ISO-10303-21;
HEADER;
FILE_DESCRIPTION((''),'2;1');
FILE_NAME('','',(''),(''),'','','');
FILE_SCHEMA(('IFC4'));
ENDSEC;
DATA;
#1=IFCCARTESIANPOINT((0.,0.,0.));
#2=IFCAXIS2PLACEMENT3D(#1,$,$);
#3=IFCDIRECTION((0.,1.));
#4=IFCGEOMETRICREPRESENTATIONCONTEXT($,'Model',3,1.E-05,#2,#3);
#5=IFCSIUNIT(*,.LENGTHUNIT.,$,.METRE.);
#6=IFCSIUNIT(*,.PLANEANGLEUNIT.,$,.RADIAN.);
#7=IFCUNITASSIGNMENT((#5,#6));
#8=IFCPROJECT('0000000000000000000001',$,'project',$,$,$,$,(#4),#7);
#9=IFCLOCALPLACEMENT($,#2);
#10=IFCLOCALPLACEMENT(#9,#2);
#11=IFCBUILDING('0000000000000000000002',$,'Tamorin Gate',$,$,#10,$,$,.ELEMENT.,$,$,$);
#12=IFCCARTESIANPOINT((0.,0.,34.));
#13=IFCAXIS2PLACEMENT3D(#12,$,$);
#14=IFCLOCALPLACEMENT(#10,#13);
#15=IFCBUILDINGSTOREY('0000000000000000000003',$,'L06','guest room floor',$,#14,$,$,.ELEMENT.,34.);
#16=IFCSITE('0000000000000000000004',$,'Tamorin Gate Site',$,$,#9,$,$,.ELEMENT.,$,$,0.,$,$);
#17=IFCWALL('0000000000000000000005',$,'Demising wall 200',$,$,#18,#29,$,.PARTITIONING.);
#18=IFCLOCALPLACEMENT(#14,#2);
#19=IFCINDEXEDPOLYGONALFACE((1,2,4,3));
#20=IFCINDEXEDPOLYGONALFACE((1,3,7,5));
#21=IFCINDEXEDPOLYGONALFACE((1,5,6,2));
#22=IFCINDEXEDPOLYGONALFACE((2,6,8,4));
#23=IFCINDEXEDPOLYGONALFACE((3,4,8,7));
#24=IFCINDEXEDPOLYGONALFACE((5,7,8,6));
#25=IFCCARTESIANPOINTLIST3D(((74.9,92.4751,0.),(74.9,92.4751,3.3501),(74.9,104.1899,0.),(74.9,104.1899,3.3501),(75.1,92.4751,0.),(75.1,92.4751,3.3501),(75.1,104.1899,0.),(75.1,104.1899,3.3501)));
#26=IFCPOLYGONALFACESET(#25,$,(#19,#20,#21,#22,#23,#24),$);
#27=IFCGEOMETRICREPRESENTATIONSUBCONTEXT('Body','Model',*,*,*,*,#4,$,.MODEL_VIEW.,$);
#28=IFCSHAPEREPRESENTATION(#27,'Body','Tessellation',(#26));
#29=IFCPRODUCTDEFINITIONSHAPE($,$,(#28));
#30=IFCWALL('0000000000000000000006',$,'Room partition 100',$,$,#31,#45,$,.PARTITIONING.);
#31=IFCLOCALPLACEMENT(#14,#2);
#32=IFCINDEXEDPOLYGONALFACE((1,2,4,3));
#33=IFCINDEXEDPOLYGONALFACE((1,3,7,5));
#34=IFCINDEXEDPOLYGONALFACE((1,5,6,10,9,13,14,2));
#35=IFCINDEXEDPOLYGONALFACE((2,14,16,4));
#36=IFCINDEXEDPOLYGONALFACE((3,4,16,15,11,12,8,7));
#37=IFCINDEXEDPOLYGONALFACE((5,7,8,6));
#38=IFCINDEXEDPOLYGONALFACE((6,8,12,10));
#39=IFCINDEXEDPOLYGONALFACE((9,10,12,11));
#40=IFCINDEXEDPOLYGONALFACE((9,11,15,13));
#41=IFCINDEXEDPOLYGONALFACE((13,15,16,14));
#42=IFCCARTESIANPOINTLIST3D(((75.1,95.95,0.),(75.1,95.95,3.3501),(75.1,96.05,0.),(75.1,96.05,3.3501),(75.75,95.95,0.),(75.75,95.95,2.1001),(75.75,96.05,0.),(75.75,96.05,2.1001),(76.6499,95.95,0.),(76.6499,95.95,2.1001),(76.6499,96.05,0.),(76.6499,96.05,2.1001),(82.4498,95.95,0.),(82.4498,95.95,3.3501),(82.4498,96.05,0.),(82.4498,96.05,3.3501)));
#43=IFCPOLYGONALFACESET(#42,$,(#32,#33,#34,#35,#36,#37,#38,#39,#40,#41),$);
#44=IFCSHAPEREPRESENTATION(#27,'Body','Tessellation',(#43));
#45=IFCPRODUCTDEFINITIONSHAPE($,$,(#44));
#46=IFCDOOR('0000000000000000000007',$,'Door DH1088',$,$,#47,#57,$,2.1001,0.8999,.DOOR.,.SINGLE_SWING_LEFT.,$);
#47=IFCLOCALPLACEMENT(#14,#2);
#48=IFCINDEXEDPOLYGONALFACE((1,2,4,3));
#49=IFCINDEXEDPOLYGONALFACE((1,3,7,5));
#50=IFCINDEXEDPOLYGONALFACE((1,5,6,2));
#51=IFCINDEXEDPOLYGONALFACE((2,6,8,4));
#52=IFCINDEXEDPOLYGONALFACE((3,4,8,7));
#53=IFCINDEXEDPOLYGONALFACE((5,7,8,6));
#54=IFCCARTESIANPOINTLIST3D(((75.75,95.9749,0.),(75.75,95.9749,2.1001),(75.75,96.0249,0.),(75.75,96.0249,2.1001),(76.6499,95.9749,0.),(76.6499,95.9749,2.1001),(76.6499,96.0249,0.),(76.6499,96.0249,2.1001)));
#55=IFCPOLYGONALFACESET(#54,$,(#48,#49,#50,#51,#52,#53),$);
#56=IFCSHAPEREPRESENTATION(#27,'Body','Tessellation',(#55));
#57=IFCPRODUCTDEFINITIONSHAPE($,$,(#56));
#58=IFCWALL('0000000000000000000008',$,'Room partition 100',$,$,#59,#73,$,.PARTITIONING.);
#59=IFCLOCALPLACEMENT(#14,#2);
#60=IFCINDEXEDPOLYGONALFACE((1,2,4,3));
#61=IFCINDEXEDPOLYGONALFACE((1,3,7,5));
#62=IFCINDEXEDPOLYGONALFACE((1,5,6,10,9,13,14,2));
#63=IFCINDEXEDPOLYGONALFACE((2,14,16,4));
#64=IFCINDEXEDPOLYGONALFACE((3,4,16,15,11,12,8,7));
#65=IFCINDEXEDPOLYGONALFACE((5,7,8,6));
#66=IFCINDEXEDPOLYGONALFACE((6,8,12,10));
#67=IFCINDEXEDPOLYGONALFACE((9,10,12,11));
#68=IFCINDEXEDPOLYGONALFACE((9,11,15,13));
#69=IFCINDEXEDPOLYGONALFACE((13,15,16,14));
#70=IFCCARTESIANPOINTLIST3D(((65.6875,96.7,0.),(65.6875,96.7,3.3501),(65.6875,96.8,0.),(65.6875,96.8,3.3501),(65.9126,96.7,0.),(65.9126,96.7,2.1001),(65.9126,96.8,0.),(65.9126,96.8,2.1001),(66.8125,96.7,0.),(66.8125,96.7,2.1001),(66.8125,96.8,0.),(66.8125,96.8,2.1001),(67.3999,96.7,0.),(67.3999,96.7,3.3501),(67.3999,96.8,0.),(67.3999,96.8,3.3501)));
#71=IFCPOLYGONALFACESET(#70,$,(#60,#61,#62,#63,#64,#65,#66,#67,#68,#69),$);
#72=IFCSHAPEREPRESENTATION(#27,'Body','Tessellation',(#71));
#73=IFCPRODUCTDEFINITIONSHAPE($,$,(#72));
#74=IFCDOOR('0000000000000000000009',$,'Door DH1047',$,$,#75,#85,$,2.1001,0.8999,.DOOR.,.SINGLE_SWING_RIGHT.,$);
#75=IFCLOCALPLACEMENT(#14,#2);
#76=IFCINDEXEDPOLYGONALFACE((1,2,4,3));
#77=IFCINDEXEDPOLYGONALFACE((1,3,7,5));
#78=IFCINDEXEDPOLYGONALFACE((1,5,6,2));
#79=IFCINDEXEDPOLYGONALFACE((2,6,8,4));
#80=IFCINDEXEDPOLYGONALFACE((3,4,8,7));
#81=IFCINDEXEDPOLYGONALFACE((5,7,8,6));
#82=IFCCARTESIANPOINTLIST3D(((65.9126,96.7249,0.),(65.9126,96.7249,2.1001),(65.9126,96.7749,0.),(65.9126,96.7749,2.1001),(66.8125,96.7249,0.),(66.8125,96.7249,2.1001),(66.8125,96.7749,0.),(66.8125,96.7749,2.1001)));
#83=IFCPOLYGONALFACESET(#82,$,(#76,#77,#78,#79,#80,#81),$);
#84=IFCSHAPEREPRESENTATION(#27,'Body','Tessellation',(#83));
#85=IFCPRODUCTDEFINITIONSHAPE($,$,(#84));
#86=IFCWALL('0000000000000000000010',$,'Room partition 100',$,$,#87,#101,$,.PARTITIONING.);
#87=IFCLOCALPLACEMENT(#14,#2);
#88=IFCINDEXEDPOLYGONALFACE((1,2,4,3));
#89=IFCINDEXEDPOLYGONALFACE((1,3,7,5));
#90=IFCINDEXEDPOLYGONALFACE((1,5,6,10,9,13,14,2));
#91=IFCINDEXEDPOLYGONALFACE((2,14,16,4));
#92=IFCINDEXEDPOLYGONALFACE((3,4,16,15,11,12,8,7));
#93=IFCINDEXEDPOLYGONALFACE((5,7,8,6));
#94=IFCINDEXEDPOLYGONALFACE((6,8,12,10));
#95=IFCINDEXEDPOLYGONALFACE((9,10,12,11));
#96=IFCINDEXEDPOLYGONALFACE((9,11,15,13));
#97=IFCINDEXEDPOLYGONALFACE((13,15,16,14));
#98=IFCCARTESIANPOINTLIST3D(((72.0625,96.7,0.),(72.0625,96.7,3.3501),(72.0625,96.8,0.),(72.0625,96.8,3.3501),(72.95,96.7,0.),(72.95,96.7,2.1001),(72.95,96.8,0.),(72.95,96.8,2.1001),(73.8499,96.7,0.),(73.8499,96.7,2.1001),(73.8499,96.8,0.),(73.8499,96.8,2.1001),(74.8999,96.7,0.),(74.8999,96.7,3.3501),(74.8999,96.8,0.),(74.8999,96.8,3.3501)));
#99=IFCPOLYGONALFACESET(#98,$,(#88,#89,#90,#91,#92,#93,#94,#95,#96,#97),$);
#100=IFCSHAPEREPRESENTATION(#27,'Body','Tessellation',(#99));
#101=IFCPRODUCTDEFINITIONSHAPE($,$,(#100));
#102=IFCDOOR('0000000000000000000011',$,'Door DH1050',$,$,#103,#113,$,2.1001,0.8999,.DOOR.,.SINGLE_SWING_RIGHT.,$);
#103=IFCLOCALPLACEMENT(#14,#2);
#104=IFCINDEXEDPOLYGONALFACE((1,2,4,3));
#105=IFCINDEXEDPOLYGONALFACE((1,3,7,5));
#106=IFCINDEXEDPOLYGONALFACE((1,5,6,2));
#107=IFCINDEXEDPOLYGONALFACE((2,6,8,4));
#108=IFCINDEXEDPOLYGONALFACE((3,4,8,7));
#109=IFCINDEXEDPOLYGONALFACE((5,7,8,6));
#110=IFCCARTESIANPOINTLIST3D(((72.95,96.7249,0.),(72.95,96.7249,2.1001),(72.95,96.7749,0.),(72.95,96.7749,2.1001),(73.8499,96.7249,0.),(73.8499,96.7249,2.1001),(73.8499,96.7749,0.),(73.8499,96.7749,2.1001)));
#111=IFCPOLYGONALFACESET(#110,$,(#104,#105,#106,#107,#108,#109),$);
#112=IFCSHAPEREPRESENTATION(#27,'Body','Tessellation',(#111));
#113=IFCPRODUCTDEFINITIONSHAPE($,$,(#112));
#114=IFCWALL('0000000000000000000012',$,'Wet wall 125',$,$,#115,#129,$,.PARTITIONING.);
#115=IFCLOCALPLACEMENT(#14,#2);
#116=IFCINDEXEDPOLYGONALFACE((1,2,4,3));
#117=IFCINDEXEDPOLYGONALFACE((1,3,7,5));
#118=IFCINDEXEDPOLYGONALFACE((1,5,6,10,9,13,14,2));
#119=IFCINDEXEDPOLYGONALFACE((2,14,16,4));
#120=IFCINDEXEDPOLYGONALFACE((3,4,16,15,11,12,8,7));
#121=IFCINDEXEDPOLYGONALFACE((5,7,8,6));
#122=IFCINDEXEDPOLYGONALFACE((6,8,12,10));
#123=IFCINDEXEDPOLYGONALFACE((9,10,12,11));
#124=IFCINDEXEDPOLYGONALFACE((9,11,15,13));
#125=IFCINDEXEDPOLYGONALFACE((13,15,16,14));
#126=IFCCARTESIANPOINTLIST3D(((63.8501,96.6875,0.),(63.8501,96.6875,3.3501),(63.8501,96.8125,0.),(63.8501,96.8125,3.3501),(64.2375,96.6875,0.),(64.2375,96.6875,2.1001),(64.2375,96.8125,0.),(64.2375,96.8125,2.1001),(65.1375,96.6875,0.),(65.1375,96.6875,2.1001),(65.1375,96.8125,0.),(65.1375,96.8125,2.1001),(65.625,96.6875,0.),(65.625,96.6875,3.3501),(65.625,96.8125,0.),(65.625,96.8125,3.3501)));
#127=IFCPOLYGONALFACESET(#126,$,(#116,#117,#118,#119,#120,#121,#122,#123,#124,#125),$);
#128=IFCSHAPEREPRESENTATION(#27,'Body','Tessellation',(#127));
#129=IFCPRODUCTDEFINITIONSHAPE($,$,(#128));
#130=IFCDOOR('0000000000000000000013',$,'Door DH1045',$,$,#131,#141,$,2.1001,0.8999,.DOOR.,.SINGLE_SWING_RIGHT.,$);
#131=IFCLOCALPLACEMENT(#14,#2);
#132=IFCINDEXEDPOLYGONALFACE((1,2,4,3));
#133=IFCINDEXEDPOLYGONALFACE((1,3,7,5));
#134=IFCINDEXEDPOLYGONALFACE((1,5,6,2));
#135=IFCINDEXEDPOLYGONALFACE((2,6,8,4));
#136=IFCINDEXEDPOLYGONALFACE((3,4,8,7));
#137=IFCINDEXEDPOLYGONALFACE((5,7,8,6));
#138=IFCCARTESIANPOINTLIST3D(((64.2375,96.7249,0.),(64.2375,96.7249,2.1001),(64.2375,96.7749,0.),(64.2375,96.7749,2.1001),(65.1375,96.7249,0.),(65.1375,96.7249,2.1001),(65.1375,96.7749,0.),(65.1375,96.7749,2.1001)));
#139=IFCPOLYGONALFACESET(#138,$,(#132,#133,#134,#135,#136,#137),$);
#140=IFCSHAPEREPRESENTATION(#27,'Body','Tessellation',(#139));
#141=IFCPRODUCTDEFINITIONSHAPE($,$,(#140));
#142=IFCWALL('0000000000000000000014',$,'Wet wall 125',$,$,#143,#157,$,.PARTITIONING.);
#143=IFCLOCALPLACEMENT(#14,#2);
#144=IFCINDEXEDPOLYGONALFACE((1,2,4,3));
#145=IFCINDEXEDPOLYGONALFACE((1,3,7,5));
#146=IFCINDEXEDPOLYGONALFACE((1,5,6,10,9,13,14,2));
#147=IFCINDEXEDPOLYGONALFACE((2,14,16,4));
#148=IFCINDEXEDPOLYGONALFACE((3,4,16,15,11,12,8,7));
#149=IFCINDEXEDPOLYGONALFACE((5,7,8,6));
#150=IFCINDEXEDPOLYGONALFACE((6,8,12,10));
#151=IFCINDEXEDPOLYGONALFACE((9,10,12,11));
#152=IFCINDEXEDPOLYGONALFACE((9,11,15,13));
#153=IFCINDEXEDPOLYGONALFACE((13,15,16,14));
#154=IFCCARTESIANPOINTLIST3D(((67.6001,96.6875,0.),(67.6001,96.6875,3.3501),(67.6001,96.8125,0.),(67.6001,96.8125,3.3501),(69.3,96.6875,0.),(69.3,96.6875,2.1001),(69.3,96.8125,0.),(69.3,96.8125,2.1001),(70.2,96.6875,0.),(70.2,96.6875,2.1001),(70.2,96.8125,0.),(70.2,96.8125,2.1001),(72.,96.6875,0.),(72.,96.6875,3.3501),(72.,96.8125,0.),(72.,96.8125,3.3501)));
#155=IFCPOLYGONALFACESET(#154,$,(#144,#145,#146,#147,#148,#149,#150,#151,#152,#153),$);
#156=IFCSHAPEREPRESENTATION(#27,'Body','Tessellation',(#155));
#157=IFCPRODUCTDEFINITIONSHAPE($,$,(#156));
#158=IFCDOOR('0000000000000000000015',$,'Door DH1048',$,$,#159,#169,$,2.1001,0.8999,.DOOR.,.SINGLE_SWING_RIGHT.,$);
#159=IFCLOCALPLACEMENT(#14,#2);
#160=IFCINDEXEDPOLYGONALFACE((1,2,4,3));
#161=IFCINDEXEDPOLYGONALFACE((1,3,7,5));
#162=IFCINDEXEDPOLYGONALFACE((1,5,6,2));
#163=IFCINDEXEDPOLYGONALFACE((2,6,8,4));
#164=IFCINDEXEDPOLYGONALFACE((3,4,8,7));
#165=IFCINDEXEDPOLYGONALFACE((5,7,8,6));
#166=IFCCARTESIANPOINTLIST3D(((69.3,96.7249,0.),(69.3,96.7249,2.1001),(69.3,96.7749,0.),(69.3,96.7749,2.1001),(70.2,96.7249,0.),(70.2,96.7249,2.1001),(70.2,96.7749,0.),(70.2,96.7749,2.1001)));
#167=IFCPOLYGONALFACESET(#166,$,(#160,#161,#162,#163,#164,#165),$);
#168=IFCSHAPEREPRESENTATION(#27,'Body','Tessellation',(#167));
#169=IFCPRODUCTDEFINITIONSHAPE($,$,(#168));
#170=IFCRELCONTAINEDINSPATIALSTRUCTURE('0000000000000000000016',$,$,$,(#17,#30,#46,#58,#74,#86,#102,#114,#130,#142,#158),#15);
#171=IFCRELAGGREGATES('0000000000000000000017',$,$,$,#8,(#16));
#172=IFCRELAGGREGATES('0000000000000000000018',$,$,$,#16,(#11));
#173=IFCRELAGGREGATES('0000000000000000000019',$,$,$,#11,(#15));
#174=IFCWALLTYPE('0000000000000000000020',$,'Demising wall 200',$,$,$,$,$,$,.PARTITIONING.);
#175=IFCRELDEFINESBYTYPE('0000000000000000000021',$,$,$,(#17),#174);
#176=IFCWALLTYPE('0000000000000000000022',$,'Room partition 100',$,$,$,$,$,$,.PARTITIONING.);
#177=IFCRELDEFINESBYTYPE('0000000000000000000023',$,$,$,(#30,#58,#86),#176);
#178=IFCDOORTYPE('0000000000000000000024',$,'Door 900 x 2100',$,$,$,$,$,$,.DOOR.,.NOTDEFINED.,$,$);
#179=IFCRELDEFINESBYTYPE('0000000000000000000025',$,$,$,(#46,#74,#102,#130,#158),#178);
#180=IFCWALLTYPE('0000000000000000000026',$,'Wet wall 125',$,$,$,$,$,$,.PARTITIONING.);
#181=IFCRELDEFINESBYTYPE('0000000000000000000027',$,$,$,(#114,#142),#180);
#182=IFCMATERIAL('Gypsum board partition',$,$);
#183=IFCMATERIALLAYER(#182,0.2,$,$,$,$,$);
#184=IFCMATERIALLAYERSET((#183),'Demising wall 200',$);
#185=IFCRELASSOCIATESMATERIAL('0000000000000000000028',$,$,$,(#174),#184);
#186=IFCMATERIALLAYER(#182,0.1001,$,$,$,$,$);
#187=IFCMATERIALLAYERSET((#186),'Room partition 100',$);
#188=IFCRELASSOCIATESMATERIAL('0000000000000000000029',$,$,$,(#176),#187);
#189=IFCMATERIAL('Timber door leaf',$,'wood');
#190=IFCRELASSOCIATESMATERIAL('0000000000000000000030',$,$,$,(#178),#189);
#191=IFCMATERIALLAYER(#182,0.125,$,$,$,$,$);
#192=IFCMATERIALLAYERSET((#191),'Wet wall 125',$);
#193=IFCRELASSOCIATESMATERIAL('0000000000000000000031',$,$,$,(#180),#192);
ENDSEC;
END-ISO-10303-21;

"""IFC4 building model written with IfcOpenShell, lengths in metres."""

from ifc_helpers import new_model, si_unit, direction, frame, frame_2d, origin, place, context, subcontext, project, spatial, rectangle, extrude, material, layer, layer_set, type_object, element, fill, save


model = new_model("IFC4")

# Units and contexts
model_context = context("Model", 3, precision=1e-05, world=origin(), true_north=direction((0.0, 1.0)))
body_context = subcontext(model_context, "Body", "Model", "MODEL_VIEW")
ifc_project = project(units=[si_unit("LENGTHUNIT", "METRE"), si_unit("PLANEANGLEUNIT", "RADIAN")], contexts=[model_context])

# Site, building, storey
site_placement = place(None, origin())
site = spatial("IfcSite", under=ifc_project, at=site_placement, Name="Tamorin Gate Site", CompositionType="ELEMENT", RefElevation=0.0)
building_placement = place(site_placement, origin())
building = spatial("IfcBuilding", under=site, at=building_placement, Name="Tamorin Gate", CompositionType="ELEMENT")
storey_placement = place(building_placement, frame((0.0, 0.0, 34.0)))
storey = spatial("IfcBuildingStorey", under=building, at=storey_placement, Name="L06", Description="guest room floor", CompositionType="ELEMENT", Elevation=34.0)

# Wall
ifc_material_1 = material(Name="Gypsum board partition")
ifc_layer_1 = layer(ifc_material_1, 0.2)
ifc_layer_set_1 = layer_set([ifc_layer_1], Name="Demising wall 200")
wall_type_1 = type_object("IfcWallType", Name="Demising wall 200", PredefinedType="PARTITIONING", material=ifc_layer_set_1)
wall_1_placement = place(storey_placement, frame((75.0, 92.4751, 0.0), z_axis=(0.0, 0.0, 1.0), x_axis=(0.0, 1.0, 0.0)))
element("IfcWall", 1, at=wall_1_placement, inside=storey, type_object=wall_type_1, Name="Demising wall 200", PredefinedType="PARTITIONING", context=body_context, shape_type="SweptSolid", body=[
    extrude(rectangle(XDim=11.7148, YDim=0.2, at=frame_2d((5.8574, 0.0))), origin(), (0.0, 0.0, 1.0), 3.3501),
])

# Walls, openings, doors
ifc_layer_2 = layer(ifc_material_1, 0.1001)
ifc_layer_set_2 = layer_set([ifc_layer_2], Name="Room partition 100")
wall_type_2 = type_object("IfcWallType", Name="Room partition 100", PredefinedType="PARTITIONING", material=ifc_layer_set_2)
wall_2_placement = place(storey_placement, frame((75.1001, 96.0, 0.0), z_axis=(0.0, 0.0, 1.0), x_axis=(1.0, 0.0, 0.0)))
wall_2 = element("IfcWall", 2, at=wall_2_placement, inside=storey, type_object=wall_type_2, Name="Room partition 100", PredefinedType="PARTITIONING", context=body_context, shape_type="SweptSolid", body=[
    extrude(rectangle(XDim=7.3499, YDim=0.1001, at=frame_2d((3.6748, 0.0))), origin(), (0.0, 0.0, 1.0), 3.3501),
])
opening_1_placement = place(wall_2_placement, frame((0.6499, 0.0, 0.0)))
opening_1 = element("IfcOpeningElement", 3, at=opening_1_placement, cuts=wall_2, PredefinedType="OPENING", context=body_context, shape_type="SweptSolid", body=[
    extrude(rectangle(XDim=0.8999, YDim=2.1001, at=frame_2d((0.45, 1.05))), frame((0.0, 0.0601, 0.0), z_axis=(0.0, -1.0, 0.0), x_axis=(1.0, 0.0, 0.0)), (0.0, 0.0, 1.0), 0.1201),
])
ifc_material_2 = material(Name="Timber door leaf", Category="wood")
door_type = type_object("IfcDoorType", Name="Door 900 x 2100", OperationType="NOTDEFINED", PredefinedType="DOOR", material=ifc_material_2)
door_1_placement = place(opening_1_placement, origin())
door_1 = element("IfcDoor", 4, at=door_1_placement, inside=storey, type_object=door_type, Name="Door DH1088", OperationType="SINGLE_SWING_LEFT", OverallHeight=2.1001, OverallWidth=0.8999, PredefinedType="DOOR", context=body_context, shape_type="SweptSolid", body=[
    extrude(rectangle(XDim=0.8999, YDim=2.1001, at=frame_2d((0.45, 1.05))), frame((0.0, 0.0249, 0.0), z_axis=(0.0, -1.0, 0.0), x_axis=(1.0, 0.0, 0.0)), (0.0, 0.0, 1.0), 0.05),
])
fill(opening_1, door_1)
wall_3_placement = place(storey_placement, frame((65.6875, 96.75, 0.0), z_axis=(0.0, 0.0, 1.0), x_axis=(1.0, 0.0, 0.0)))
wall_3 = element("IfcWall", 5, at=wall_3_placement, inside=storey, type_object=wall_type_2, Name="Room partition 100", PredefinedType="PARTITIONING", context=body_context, shape_type="SweptSolid", body=[
    extrude(rectangle(XDim=1.7124, YDim=0.1001, at=frame_2d((0.8562, 0.0))), origin(), (0.0, 0.0, 1.0), 3.3501),
])
opening_2_placement = place(wall_3_placement, frame((0.2251, 0.0, 0.0)))
opening_2 = element("IfcOpeningElement", 6, at=opening_2_placement, cuts=wall_3, PredefinedType="OPENING", context=body_context, shape_type="SweptSolid", body=[
    extrude(rectangle(XDim=0.8999, YDim=2.1001, at=frame_2d((0.45, 1.05))), frame((0.0, 0.0601, 0.0), z_axis=(0.0, -1.0, 0.0), x_axis=(1.0, 0.0, 0.0)), (0.0, 0.0, 1.0), 0.1201),
])
door_2_placement = place(opening_2_placement, origin())
door_2 = element("IfcDoor", 7, at=door_2_placement, inside=storey, type_object=door_type, Name="Door DH1047", OperationType="SINGLE_SWING_RIGHT", OverallHeight=2.1001, OverallWidth=0.8999, PredefinedType="DOOR", context=body_context, shape_type="SweptSolid", body=[
    extrude(rectangle(XDim=0.8999, YDim=2.1001, at=frame_2d((0.45, 1.05))), frame((0.0, 0.0249, 0.0), z_axis=(0.0, -1.0, 0.0), x_axis=(1.0, 0.0, 0.0)), (0.0, 0.0, 1.0), 0.05),
])
fill(opening_2, door_2)
wall_4_placement = place(storey_placement, frame((72.0625, 96.75, 0.0), z_axis=(0.0, 0.0, 1.0), x_axis=(1.0, 0.0, 0.0)))
wall_4 = element("IfcWall", 8, at=wall_4_placement, inside=storey, type_object=wall_type_2, Name="Room partition 100", PredefinedType="PARTITIONING", context=body_context, shape_type="SweptSolid", body=[
    extrude(rectangle(XDim=2.8374, YDim=0.1001, at=frame_2d((1.4187, 0.0))), origin(), (0.0, 0.0, 1.0), 3.3501),
])
opening_3_placement = place(wall_4_placement, frame((0.8875, 0.0, 0.0)))
opening_3 = element("IfcOpeningElement", 9, at=opening_3_placement, cuts=wall_4, PredefinedType="OPENING", context=body_context, shape_type="SweptSolid", body=[
    extrude(rectangle(XDim=0.8999, YDim=2.1001, at=frame_2d((0.45, 1.05))), frame((0.0, 0.0601, 0.0), z_axis=(0.0, -1.0, 0.0), x_axis=(1.0, 0.0, 0.0)), (0.0, 0.0, 1.0), 0.1201),
])
door_3_placement = place(opening_3_placement, origin())
door_3 = element("IfcDoor", 10, at=door_3_placement, inside=storey, type_object=door_type, Name="Door DH1050", OperationType="SINGLE_SWING_RIGHT", OverallHeight=2.1001, OverallWidth=0.8999, PredefinedType="DOOR", context=body_context, shape_type="SweptSolid", body=[
    extrude(rectangle(XDim=0.8999, YDim=2.1001, at=frame_2d((0.45, 1.05))), frame((0.0, 0.0249, 0.0), z_axis=(0.0, -1.0, 0.0), x_axis=(1.0, 0.0, 0.0)), (0.0, 0.0, 1.0), 0.05),
])
fill(opening_3, door_3)
ifc_layer_3 = layer(ifc_material_1, 0.125)
ifc_layer_set_3 = layer_set([ifc_layer_3], Name="Wet wall 125")
wall_type_3 = type_object("IfcWallType", Name="Wet wall 125", PredefinedType="PARTITIONING", material=ifc_layer_set_3)
wall_5_placement = place(storey_placement, frame((63.8501, 96.75, 0.0), z_axis=(0.0, 0.0, 1.0), x_axis=(1.0, 0.0, 0.0)))
wall_5 = element("IfcWall", 11, at=wall_5_placement, inside=storey, type_object=wall_type_3, Name="Wet wall 125", PredefinedType="PARTITIONING", context=body_context, shape_type="SweptSolid", body=[
    extrude(rectangle(XDim=1.7749, YDim=0.125, at=frame_2d((0.8875, 0.0))), origin(), (0.0, 0.0, 1.0), 3.3501),
])
opening_4_placement = place(wall_5_placement, frame((0.3875, 0.0, 0.0)))
opening_4 = element("IfcOpeningElement", 12, at=opening_4_placement, cuts=wall_5, PredefinedType="OPENING", context=body_context, shape_type="SweptSolid", body=[
    extrude(rectangle(XDim=0.8999, YDim=2.1001, at=frame_2d((0.45, 1.05))), frame((0.0, 0.0725, 0.0), z_axis=(0.0, -1.0, 0.0), x_axis=(1.0, 0.0, 0.0)), (0.0, 0.0, 1.0), 0.145),
])
door_4_placement = place(opening_4_placement, origin())
door_4 = element("IfcDoor", 13, at=door_4_placement, inside=storey, type_object=door_type, Name="Door DH1045", OperationType="SINGLE_SWING_RIGHT", OverallHeight=2.1001, OverallWidth=0.8999, PredefinedType="DOOR", context=body_context, shape_type="SweptSolid", body=[
    extrude(rectangle(XDim=0.8999, YDim=2.1001, at=frame_2d((0.45, 1.05))), frame((0.0, 0.0249, 0.0), z_axis=(0.0, -1.0, 0.0), x_axis=(1.0, 0.0, 0.0)), (0.0, 0.0, 1.0), 0.05),
])
fill(opening_4, door_4)
wall_6_placement = place(storey_placement, frame((67.6001, 96.75, 0.0), z_axis=(0.0, 0.0, 1.0), x_axis=(1.0, 0.0, 0.0)))
wall_6 = element("IfcWall", 14, at=wall_6_placement, inside=storey, type_object=wall_type_3, Name="Wet wall 125", PredefinedType="PARTITIONING", context=body_context, shape_type="SweptSolid", body=[
    extrude(rectangle(XDim=4.3999, YDim=0.125, at=frame_2d((2.2, 0.0))), origin(), (0.0, 0.0, 1.0), 3.3501),
])
opening_5_placement = place(wall_6_placement, frame((1.7, 0.0, 0.0)))
opening_5 = element("IfcOpeningElement", 15, at=opening_5_placement, cuts=wall_6, PredefinedType="OPENING", context=body_context, shape_type="SweptSolid", body=[
    extrude(rectangle(XDim=0.8999, YDim=2.1001, at=frame_2d((0.45, 1.05))), frame((0.0, 0.0725, 0.0), z_axis=(0.0, -1.0, 0.0), x_axis=(1.0, 0.0, 0.0)), (0.0, 0.0, 1.0), 0.145),
])
door_5_placement = place(opening_5_placement, origin())
door_5 = element("IfcDoor", 16, at=door_5_placement, inside=storey, type_object=door_type, Name="Door DH1048", OperationType="SINGLE_SWING_RIGHT", OverallHeight=2.1001, OverallWidth=0.8999, PredefinedType="DOOR", context=body_context, shape_type="SweptSolid", body=[
    extrude(rectangle(XDim=0.8999, YDim=2.1001, at=frame_2d((0.45, 1.05))), frame((0.0, 0.0249, 0.0), z_axis=(0.0, -1.0, 0.0), x_axis=(1.0, 0.0, 0.0)), (0.0, 0.0, 1.0), 0.05),
])
fill(opening_5, door_5)

save(model, "model.ifc")
